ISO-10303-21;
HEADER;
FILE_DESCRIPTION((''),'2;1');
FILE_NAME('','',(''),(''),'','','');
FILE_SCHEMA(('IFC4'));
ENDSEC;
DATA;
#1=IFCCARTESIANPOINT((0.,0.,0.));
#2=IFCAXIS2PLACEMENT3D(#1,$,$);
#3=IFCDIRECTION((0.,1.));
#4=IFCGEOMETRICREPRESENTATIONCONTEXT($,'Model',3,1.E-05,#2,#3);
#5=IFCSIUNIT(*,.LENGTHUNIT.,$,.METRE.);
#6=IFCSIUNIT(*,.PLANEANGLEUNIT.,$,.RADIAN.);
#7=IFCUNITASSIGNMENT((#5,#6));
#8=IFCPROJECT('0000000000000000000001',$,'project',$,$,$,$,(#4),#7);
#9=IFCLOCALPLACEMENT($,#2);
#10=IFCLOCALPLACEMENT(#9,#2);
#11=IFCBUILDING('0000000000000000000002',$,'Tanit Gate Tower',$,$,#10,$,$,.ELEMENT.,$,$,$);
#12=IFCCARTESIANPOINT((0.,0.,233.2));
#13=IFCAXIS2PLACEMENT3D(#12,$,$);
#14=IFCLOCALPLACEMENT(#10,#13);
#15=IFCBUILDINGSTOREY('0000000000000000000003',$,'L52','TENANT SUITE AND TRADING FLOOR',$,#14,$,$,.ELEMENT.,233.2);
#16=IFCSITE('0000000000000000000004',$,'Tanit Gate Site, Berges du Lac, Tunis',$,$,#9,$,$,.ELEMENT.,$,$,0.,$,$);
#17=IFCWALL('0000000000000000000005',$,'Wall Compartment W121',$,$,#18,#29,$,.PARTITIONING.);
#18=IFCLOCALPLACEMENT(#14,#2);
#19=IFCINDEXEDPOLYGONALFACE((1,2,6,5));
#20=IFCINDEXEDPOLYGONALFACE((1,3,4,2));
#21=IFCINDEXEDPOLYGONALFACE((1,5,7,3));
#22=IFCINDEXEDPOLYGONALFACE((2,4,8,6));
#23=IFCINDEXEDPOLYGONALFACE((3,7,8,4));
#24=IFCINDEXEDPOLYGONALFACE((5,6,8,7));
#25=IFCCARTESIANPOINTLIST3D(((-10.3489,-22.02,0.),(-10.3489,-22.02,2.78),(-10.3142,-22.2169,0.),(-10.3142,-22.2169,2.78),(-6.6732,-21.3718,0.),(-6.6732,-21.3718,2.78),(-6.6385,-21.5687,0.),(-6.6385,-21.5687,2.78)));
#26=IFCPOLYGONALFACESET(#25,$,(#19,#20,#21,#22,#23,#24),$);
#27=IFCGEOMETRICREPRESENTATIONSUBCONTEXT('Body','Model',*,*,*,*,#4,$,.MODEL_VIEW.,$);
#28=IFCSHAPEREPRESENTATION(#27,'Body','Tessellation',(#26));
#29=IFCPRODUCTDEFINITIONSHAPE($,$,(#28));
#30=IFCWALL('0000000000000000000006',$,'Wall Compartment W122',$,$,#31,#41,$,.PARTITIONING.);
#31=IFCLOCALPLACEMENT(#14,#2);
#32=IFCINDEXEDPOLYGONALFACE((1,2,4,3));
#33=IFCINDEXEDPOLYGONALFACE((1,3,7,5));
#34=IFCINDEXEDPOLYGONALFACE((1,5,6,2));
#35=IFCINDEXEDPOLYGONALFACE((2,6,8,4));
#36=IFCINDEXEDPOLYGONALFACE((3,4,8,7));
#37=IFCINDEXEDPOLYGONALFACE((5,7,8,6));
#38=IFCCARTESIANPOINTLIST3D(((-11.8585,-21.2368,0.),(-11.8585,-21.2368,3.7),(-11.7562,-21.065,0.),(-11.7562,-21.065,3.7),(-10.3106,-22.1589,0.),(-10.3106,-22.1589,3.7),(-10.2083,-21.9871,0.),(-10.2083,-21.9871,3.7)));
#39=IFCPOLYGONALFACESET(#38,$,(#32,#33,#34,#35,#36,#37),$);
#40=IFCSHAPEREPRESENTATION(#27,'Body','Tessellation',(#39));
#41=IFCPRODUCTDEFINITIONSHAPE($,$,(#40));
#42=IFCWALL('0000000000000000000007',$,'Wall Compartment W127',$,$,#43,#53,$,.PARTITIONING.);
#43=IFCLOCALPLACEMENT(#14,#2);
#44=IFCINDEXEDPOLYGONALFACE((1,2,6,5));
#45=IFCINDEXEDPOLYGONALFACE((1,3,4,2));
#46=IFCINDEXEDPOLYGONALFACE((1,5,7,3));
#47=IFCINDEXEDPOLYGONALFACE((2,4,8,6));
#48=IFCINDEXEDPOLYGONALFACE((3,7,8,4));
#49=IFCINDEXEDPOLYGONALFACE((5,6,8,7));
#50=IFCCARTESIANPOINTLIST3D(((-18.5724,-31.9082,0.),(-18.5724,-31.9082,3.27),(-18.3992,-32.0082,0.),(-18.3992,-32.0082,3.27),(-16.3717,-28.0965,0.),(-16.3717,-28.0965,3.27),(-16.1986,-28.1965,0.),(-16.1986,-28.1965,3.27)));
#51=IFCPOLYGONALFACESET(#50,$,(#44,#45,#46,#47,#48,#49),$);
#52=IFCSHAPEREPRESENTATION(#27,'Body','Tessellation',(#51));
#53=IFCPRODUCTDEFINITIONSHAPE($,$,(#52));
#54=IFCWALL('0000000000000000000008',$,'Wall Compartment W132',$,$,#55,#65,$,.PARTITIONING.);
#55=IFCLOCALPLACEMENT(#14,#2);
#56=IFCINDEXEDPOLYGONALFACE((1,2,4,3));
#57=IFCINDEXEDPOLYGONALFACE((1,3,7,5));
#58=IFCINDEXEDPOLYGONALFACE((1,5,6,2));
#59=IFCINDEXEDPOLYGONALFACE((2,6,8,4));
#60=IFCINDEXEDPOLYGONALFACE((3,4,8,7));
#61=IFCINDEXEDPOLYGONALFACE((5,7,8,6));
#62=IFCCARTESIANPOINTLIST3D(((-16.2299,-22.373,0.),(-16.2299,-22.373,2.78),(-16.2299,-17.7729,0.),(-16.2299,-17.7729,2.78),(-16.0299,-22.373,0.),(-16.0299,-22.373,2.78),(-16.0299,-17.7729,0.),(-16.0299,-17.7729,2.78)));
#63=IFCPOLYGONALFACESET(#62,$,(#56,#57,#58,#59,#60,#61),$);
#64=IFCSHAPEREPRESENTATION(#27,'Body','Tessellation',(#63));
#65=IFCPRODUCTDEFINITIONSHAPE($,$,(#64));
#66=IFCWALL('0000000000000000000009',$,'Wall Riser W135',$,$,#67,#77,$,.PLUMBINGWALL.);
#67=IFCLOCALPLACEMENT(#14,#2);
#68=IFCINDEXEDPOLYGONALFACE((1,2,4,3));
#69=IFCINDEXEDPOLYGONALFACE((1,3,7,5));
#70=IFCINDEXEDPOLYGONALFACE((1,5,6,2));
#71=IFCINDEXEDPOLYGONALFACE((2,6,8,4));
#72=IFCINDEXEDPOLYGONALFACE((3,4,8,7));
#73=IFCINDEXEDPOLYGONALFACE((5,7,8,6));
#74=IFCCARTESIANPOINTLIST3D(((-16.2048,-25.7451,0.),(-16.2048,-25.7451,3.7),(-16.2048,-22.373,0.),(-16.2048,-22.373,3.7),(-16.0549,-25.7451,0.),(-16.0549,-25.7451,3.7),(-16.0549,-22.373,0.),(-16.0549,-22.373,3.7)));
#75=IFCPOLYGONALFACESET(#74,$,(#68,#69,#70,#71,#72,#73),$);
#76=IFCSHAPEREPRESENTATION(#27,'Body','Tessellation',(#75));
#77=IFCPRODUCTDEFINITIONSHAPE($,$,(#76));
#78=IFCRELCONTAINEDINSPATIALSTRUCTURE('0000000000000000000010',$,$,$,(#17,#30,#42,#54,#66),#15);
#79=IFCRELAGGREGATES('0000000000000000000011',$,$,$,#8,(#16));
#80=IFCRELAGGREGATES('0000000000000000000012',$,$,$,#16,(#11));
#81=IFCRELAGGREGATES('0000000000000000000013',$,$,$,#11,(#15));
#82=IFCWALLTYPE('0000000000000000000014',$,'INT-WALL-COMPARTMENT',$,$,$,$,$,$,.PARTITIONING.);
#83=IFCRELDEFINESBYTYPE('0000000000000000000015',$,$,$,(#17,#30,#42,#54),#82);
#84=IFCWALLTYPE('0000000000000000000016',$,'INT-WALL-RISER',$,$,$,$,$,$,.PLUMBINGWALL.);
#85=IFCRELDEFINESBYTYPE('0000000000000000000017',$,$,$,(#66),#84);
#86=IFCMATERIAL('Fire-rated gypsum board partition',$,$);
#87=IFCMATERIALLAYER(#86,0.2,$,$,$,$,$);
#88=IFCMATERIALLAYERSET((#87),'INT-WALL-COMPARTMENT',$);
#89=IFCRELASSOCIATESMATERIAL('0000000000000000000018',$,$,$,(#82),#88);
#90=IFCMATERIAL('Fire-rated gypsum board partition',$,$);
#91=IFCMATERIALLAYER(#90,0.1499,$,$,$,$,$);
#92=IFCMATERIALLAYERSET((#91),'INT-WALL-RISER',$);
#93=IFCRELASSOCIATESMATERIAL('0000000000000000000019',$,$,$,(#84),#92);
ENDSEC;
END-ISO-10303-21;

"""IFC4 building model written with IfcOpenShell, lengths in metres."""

from ifc_helpers import new_model, si_unit, direction, frame, frame_2d, origin, place, context, subcontext, project, spatial, rectangle, extrude, material, layer, layer_set, type_object, element, save


model = new_model("IFC4")

# Units and contexts
model_context = context("Model", 3, precision=1e-05, world=origin(), true_north=direction((0.0, 1.0)))
body_context = subcontext(model_context, "Body", "Model", "MODEL_VIEW")
ifc_project = project(units=[si_unit("LENGTHUNIT", "METRE"), si_unit("PLANEANGLEUNIT", "RADIAN")], contexts=[model_context])

# Site, building, storey
site_placement = place(None, origin())
site = spatial("IfcSite", under=ifc_project, at=site_placement, Name="Tanit Gate Site, Berges du Lac, Tunis", CompositionType="ELEMENT", RefElevation=0.0)
building_placement = place(site_placement, origin())
building = spatial("IfcBuilding", under=site, at=building_placement, Name="Tanit Gate Tower", CompositionType="ELEMENT")
storey_placement = place(building_placement, frame((0.0, 0.0, 233.2)))
storey = spatial("IfcBuildingStorey", under=building, at=storey_placement, Name="L52", Description="TENANT SUITE AND TRADING FLOOR", CompositionType="ELEMENT", Elevation=233.2)

# Shared definitions
ifc_material_1 = material(Name="Fire-rated gypsum board partition")
ifc_layer_1 = layer(ifc_material_1, 0.2)
ifc_layer_set_1 = layer_set([ifc_layer_1], Name="INT-WALL-COMPARTMENT")
wall_type_1 = type_object("IfcWallType", Name="INT-WALL-COMPARTMENT", PredefinedType="PARTITIONING", material=ifc_layer_set_1)

# Walls
wall_1_placement = place(storey_placement, frame((-10.3315, -22.1184, 0.0), z_axis=(0.0, 0.0, 1.0), x_axis=(0.984805, 0.173662, 0.0)))
element("IfcWall", 1, at=wall_1_placement, inside=storey, type_object=wall_type_1, Name="Wall Compartment W121", PredefinedType="PARTITIONING", context=body_context, shape_type="SweptSolid", body=[
    extrude(rectangle(XDim=3.7324, YDim=0.2, at=frame_2d((1.8662, 0.0))), origin(), (0.0, 0.0, 1.0), 2.78),
])
wall_2_placement = place(storey_placement, frame((-11.8074, -21.1509, 0.0), z_axis=(0.0, 0.0, 1.0), x_axis=(0.859103, -0.511803, 0.0)))
element("IfcWall", 2, at=wall_2_placement, inside=storey, type_object=wall_type_1, Name="Wall Compartment W122", PredefinedType="PARTITIONING", context=body_context, shape_type="SweptSolid", body=[
    extrude(rectangle(XDim=1.8018, YDim=0.2, at=frame_2d((0.9009, 0.0))), origin(), (0.0, 0.0, 1.0), 3.7),
])
wall_3_placement = place(storey_placement, frame((-16.2852, -28.1465, 0.0), z_axis=(0.0, 0.0, 1.0), x_axis=(-0.499993, -0.866029, 0.0)))
element("IfcWall", 3, at=wall_3_placement, inside=storey, type_object=wall_type_1, Name="Wall Compartment W127", PredefinedType="PARTITIONING", context=body_context, shape_type="SweptSolid", body=[
    extrude(rectangle(XDim=4.4014, YDim=0.2, at=frame_2d((2.2007, 0.0))), origin(), (0.0, 0.0, 1.0), 3.27),
])
wall_4_placement = place(storey_placement, frame((-16.1299, -22.373, 0.0), z_axis=(0.0, 0.0, 1.0), x_axis=(0.0, 1.0, 0.0)))
element("IfcWall", 4, at=wall_4_placement, inside=storey, type_object=wall_type_1, Name="Wall Compartment W132", PredefinedType="PARTITIONING", context=body_context, shape_type="SweptSolid", body=[
    extrude(rectangle(XDim=4.6001, YDim=0.2, at=frame_2d((2.3, 0.0))), origin(), (0.0, 0.0, 1.0), 2.78),
])
ifc_material_2 = material(Name="Fire-rated gypsum board partition")
ifc_layer_2 = layer(ifc_material_2, 0.1499)
ifc_layer_set_2 = layer_set([ifc_layer_2], Name="INT-WALL-RISER")
wall_type_2 = type_object("IfcWallType", Name="INT-WALL-RISER", PredefinedType="PLUMBINGWALL", material=ifc_layer_set_2)
wall_5_placement = place(storey_placement, frame((-16.1299, -25.7451, 0.0), z_axis=(0.0, 0.0, 1.0), x_axis=(0.0, 1.0, 0.0)))
element("IfcWall", 5, at=wall_5_placement, inside=storey, type_object=wall_type_2, Name="Wall Riser W135", PredefinedType="PLUMBINGWALL", context=body_context, shape_type="SweptSolid", body=[
    extrude(rectangle(XDim=3.3721, YDim=0.1499, at=frame_2d((1.686, 0.0))), origin(), (0.0, 0.0, 1.0), 3.7),
])

save(model, "model.ifc")
